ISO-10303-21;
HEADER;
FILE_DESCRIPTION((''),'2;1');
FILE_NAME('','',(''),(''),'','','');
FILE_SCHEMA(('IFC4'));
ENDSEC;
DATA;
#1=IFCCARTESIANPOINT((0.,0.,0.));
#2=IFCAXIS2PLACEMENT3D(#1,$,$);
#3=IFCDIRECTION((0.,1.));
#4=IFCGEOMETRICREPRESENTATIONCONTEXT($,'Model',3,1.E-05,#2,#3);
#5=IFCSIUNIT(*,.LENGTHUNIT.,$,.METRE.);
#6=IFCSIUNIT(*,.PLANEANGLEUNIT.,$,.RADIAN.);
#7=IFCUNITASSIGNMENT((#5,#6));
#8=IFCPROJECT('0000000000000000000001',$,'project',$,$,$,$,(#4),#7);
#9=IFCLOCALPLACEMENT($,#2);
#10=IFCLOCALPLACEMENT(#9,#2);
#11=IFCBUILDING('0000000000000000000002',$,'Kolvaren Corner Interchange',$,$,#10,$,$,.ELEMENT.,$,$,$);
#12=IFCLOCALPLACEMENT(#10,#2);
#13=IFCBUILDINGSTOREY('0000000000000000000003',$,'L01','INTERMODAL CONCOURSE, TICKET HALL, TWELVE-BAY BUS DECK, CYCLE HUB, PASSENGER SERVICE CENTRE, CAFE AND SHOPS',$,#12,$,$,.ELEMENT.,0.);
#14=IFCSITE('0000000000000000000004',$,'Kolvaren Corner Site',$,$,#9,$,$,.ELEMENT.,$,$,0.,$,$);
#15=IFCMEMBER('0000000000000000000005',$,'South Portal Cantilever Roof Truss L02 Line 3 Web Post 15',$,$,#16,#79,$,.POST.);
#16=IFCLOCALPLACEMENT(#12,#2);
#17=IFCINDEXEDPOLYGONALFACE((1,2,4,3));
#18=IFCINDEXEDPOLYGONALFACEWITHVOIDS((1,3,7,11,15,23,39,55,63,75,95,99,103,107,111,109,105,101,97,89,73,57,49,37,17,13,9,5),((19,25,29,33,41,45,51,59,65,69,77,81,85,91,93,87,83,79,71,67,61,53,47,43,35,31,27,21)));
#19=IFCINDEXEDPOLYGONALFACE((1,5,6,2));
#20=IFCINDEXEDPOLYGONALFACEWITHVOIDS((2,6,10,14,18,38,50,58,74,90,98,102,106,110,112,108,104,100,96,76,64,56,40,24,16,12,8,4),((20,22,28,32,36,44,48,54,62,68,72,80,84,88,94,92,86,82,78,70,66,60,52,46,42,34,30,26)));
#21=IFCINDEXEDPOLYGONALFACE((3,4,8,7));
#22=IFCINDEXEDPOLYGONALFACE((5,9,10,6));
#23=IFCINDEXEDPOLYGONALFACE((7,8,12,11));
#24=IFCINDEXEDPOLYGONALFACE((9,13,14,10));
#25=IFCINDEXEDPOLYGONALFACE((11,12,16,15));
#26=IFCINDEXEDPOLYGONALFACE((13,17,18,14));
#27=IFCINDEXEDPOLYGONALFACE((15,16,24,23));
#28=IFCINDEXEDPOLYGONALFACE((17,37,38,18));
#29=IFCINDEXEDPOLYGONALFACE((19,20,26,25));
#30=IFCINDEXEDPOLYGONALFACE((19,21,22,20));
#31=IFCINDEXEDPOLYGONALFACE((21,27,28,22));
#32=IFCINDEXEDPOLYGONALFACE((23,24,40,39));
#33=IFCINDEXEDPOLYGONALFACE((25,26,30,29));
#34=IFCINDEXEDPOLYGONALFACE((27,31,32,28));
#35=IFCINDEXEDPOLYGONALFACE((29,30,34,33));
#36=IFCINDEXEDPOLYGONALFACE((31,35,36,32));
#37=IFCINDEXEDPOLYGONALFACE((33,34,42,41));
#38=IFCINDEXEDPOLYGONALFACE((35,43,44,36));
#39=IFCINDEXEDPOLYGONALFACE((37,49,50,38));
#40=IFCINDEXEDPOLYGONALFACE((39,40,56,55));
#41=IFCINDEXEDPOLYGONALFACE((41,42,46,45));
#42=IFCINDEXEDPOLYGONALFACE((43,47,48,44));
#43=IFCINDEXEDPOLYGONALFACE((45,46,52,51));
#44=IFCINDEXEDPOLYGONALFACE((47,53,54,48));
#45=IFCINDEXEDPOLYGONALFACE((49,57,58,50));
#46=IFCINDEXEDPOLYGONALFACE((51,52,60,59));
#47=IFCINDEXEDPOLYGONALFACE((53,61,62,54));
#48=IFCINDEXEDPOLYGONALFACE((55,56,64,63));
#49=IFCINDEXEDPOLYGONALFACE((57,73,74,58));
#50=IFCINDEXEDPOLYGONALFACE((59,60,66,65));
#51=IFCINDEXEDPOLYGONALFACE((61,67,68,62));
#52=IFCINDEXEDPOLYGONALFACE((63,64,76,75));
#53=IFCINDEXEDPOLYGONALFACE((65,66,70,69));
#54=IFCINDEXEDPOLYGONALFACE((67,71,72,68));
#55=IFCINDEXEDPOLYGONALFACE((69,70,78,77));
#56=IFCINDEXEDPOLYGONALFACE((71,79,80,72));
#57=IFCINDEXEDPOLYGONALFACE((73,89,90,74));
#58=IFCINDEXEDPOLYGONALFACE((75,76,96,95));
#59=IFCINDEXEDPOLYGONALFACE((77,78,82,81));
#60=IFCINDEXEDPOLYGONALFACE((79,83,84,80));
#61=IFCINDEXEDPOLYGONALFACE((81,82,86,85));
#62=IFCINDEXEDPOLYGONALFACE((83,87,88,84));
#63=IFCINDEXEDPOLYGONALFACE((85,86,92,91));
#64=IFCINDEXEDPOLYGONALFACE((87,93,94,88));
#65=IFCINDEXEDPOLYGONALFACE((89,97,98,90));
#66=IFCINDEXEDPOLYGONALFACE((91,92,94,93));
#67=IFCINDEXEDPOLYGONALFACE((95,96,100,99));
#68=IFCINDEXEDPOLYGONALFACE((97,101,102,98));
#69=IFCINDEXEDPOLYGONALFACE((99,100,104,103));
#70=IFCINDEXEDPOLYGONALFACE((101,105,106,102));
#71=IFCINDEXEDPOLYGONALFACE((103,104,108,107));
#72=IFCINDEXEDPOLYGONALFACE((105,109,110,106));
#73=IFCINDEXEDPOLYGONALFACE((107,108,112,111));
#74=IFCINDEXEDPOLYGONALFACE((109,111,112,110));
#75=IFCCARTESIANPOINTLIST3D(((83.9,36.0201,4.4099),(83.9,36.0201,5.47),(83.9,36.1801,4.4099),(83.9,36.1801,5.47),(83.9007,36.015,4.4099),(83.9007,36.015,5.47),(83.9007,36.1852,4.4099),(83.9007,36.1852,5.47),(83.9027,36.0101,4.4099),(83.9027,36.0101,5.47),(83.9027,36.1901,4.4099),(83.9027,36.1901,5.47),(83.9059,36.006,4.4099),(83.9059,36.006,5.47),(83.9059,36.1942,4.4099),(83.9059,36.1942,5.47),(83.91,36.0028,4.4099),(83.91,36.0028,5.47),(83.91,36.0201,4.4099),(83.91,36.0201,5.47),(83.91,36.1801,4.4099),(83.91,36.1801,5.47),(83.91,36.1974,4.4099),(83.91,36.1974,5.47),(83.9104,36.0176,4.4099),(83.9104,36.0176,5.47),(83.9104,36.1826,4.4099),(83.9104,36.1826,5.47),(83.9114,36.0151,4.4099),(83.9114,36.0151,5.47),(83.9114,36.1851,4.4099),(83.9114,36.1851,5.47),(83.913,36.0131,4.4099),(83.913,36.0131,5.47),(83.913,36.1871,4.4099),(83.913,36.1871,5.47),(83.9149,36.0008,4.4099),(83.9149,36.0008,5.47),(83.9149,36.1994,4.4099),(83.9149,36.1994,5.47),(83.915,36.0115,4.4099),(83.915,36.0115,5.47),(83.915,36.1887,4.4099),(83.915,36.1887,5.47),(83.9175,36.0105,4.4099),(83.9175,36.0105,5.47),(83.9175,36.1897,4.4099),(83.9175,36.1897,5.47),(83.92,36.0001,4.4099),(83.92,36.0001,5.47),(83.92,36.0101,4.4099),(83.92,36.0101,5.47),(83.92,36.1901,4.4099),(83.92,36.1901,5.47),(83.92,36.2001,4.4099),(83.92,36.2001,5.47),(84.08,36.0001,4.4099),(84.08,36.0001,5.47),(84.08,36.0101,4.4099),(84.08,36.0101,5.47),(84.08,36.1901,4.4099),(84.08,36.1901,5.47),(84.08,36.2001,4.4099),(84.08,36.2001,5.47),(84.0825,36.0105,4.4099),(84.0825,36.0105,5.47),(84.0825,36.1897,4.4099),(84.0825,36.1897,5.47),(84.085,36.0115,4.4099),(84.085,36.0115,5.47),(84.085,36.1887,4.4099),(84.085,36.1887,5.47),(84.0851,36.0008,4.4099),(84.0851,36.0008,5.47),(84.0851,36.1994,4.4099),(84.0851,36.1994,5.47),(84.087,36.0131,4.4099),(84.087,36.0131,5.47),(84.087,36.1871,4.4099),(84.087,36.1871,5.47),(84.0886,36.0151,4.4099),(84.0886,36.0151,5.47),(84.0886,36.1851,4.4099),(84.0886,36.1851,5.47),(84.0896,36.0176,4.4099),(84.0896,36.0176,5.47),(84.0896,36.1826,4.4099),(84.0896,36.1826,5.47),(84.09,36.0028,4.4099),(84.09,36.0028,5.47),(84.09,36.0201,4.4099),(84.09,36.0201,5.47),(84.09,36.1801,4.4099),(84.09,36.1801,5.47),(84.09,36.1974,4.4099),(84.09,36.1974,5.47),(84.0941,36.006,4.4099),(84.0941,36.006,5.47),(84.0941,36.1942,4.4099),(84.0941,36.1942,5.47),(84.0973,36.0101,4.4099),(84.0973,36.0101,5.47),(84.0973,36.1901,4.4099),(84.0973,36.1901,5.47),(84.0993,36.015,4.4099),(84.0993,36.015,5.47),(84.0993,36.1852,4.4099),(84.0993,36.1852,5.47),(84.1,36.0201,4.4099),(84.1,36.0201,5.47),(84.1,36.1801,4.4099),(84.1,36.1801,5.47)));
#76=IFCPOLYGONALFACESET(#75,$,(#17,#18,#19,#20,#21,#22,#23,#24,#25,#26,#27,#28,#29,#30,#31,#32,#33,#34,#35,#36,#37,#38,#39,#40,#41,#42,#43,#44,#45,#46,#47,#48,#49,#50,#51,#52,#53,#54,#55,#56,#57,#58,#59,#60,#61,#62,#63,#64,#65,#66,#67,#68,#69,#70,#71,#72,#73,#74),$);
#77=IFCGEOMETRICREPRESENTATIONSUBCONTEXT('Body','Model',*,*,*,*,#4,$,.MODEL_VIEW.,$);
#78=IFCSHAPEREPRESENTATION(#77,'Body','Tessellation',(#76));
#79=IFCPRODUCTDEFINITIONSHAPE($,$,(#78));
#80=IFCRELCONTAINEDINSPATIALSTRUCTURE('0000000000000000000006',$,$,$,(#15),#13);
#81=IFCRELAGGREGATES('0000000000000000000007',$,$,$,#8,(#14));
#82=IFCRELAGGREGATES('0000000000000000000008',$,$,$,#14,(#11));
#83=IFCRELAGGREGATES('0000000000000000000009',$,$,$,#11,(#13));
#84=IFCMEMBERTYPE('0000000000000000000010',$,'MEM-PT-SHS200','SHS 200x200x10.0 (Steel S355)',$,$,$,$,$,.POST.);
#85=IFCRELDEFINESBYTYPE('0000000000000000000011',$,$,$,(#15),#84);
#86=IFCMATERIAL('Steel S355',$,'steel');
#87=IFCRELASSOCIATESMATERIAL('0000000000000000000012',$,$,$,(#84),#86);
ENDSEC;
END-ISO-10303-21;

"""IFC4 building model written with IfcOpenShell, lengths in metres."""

from ifc_helpers import new_model, si_unit, direction, frame, origin, origin_2d, place, context, subcontext, project, spatial, hollow_rectangle, extrude, material, material_profile, profile_set, type_object, element, save


model = new_model("IFC4")

# Units and contexts
model_context = context("Model", 3, precision=1e-05, world=origin(), true_north=direction((0.0, 1.0)))
body_context = subcontext(model_context, "Body", "Model", "MODEL_VIEW")
ifc_project = project(units=[si_unit("LENGTHUNIT", "METRE"), si_unit("PLANEANGLEUNIT", "RADIAN")], contexts=[model_context])

# Site, building, storey
site_placement = place(None, origin())
site = spatial("IfcSite", under=ifc_project, at=site_placement, Name="Kolvaren Corner Site", CompositionType="ELEMENT", RefElevation=0.0)
building_placement = place(site_placement, origin())
building = spatial("IfcBuilding", under=site, at=building_placement, Name="Kolvaren Corner Interchange", CompositionType="ELEMENT")
storey_placement = place(building_placement, origin())
storey = spatial("IfcBuildingStorey", under=building, at=storey_placement, Name="L01", Description="INTERMODAL CONCOURSE, TICKET HALL, TWELVE-BAY BUS DECK, CYCLE HUB, PASSENGER SERVICE CENTRE, CAFE AND SHOPS", CompositionType="ELEMENT", Elevation=0.0)

# Member
ifc_material_1 = material(Name="Steel S355", Category="steel")
ifc_material_profile_1 = material_profile(ifc_material_1, hollow_rectangle(XDim=0.2, YDim=0.2, WallThickness=0.01, InnerFilletRadius=0.01, OuterFilletRadius=0.02, at=origin_2d()), Name="SHS 200x200x10.0")
ifc_profile_set_1 = profile_set([ifc_material_profile_1], Name="Steel S355")
member_type_1 = type_object("IfcMemberType", Name="MEM-PT-SHS200", Description="SHS 200x200x10.0 (Steel S355)", PredefinedType="POST", material=ifc_profile_set_1)
for number, where, z_axis, x_axis, name in (
    (1, (84.0, 36.1001, 4.4099), (0.0, 0.0, 1.0), (1.0, 0.0, 0.0), "South Portal Cantilever Roof Truss L02 Line 3 Web Post 15"),
):
    element("IfcMember", number, at=place(storey_placement, frame(where, z_axis=z_axis, x_axis=x_axis)), inside=storey, type_object=member_type_1, Name=name, PredefinedType="POST", context=body_context, shape_type="SweptSolid", body=[
        extrude(hollow_rectangle(XDim=0.2, YDim=0.2, WallThickness=0.01, InnerFilletRadius=0.01, OuterFilletRadius=0.02, at=origin_2d()), origin(), (0.0, 0.0, 1.0), 1.0601),
    ])

save(model, "model.ifc")
